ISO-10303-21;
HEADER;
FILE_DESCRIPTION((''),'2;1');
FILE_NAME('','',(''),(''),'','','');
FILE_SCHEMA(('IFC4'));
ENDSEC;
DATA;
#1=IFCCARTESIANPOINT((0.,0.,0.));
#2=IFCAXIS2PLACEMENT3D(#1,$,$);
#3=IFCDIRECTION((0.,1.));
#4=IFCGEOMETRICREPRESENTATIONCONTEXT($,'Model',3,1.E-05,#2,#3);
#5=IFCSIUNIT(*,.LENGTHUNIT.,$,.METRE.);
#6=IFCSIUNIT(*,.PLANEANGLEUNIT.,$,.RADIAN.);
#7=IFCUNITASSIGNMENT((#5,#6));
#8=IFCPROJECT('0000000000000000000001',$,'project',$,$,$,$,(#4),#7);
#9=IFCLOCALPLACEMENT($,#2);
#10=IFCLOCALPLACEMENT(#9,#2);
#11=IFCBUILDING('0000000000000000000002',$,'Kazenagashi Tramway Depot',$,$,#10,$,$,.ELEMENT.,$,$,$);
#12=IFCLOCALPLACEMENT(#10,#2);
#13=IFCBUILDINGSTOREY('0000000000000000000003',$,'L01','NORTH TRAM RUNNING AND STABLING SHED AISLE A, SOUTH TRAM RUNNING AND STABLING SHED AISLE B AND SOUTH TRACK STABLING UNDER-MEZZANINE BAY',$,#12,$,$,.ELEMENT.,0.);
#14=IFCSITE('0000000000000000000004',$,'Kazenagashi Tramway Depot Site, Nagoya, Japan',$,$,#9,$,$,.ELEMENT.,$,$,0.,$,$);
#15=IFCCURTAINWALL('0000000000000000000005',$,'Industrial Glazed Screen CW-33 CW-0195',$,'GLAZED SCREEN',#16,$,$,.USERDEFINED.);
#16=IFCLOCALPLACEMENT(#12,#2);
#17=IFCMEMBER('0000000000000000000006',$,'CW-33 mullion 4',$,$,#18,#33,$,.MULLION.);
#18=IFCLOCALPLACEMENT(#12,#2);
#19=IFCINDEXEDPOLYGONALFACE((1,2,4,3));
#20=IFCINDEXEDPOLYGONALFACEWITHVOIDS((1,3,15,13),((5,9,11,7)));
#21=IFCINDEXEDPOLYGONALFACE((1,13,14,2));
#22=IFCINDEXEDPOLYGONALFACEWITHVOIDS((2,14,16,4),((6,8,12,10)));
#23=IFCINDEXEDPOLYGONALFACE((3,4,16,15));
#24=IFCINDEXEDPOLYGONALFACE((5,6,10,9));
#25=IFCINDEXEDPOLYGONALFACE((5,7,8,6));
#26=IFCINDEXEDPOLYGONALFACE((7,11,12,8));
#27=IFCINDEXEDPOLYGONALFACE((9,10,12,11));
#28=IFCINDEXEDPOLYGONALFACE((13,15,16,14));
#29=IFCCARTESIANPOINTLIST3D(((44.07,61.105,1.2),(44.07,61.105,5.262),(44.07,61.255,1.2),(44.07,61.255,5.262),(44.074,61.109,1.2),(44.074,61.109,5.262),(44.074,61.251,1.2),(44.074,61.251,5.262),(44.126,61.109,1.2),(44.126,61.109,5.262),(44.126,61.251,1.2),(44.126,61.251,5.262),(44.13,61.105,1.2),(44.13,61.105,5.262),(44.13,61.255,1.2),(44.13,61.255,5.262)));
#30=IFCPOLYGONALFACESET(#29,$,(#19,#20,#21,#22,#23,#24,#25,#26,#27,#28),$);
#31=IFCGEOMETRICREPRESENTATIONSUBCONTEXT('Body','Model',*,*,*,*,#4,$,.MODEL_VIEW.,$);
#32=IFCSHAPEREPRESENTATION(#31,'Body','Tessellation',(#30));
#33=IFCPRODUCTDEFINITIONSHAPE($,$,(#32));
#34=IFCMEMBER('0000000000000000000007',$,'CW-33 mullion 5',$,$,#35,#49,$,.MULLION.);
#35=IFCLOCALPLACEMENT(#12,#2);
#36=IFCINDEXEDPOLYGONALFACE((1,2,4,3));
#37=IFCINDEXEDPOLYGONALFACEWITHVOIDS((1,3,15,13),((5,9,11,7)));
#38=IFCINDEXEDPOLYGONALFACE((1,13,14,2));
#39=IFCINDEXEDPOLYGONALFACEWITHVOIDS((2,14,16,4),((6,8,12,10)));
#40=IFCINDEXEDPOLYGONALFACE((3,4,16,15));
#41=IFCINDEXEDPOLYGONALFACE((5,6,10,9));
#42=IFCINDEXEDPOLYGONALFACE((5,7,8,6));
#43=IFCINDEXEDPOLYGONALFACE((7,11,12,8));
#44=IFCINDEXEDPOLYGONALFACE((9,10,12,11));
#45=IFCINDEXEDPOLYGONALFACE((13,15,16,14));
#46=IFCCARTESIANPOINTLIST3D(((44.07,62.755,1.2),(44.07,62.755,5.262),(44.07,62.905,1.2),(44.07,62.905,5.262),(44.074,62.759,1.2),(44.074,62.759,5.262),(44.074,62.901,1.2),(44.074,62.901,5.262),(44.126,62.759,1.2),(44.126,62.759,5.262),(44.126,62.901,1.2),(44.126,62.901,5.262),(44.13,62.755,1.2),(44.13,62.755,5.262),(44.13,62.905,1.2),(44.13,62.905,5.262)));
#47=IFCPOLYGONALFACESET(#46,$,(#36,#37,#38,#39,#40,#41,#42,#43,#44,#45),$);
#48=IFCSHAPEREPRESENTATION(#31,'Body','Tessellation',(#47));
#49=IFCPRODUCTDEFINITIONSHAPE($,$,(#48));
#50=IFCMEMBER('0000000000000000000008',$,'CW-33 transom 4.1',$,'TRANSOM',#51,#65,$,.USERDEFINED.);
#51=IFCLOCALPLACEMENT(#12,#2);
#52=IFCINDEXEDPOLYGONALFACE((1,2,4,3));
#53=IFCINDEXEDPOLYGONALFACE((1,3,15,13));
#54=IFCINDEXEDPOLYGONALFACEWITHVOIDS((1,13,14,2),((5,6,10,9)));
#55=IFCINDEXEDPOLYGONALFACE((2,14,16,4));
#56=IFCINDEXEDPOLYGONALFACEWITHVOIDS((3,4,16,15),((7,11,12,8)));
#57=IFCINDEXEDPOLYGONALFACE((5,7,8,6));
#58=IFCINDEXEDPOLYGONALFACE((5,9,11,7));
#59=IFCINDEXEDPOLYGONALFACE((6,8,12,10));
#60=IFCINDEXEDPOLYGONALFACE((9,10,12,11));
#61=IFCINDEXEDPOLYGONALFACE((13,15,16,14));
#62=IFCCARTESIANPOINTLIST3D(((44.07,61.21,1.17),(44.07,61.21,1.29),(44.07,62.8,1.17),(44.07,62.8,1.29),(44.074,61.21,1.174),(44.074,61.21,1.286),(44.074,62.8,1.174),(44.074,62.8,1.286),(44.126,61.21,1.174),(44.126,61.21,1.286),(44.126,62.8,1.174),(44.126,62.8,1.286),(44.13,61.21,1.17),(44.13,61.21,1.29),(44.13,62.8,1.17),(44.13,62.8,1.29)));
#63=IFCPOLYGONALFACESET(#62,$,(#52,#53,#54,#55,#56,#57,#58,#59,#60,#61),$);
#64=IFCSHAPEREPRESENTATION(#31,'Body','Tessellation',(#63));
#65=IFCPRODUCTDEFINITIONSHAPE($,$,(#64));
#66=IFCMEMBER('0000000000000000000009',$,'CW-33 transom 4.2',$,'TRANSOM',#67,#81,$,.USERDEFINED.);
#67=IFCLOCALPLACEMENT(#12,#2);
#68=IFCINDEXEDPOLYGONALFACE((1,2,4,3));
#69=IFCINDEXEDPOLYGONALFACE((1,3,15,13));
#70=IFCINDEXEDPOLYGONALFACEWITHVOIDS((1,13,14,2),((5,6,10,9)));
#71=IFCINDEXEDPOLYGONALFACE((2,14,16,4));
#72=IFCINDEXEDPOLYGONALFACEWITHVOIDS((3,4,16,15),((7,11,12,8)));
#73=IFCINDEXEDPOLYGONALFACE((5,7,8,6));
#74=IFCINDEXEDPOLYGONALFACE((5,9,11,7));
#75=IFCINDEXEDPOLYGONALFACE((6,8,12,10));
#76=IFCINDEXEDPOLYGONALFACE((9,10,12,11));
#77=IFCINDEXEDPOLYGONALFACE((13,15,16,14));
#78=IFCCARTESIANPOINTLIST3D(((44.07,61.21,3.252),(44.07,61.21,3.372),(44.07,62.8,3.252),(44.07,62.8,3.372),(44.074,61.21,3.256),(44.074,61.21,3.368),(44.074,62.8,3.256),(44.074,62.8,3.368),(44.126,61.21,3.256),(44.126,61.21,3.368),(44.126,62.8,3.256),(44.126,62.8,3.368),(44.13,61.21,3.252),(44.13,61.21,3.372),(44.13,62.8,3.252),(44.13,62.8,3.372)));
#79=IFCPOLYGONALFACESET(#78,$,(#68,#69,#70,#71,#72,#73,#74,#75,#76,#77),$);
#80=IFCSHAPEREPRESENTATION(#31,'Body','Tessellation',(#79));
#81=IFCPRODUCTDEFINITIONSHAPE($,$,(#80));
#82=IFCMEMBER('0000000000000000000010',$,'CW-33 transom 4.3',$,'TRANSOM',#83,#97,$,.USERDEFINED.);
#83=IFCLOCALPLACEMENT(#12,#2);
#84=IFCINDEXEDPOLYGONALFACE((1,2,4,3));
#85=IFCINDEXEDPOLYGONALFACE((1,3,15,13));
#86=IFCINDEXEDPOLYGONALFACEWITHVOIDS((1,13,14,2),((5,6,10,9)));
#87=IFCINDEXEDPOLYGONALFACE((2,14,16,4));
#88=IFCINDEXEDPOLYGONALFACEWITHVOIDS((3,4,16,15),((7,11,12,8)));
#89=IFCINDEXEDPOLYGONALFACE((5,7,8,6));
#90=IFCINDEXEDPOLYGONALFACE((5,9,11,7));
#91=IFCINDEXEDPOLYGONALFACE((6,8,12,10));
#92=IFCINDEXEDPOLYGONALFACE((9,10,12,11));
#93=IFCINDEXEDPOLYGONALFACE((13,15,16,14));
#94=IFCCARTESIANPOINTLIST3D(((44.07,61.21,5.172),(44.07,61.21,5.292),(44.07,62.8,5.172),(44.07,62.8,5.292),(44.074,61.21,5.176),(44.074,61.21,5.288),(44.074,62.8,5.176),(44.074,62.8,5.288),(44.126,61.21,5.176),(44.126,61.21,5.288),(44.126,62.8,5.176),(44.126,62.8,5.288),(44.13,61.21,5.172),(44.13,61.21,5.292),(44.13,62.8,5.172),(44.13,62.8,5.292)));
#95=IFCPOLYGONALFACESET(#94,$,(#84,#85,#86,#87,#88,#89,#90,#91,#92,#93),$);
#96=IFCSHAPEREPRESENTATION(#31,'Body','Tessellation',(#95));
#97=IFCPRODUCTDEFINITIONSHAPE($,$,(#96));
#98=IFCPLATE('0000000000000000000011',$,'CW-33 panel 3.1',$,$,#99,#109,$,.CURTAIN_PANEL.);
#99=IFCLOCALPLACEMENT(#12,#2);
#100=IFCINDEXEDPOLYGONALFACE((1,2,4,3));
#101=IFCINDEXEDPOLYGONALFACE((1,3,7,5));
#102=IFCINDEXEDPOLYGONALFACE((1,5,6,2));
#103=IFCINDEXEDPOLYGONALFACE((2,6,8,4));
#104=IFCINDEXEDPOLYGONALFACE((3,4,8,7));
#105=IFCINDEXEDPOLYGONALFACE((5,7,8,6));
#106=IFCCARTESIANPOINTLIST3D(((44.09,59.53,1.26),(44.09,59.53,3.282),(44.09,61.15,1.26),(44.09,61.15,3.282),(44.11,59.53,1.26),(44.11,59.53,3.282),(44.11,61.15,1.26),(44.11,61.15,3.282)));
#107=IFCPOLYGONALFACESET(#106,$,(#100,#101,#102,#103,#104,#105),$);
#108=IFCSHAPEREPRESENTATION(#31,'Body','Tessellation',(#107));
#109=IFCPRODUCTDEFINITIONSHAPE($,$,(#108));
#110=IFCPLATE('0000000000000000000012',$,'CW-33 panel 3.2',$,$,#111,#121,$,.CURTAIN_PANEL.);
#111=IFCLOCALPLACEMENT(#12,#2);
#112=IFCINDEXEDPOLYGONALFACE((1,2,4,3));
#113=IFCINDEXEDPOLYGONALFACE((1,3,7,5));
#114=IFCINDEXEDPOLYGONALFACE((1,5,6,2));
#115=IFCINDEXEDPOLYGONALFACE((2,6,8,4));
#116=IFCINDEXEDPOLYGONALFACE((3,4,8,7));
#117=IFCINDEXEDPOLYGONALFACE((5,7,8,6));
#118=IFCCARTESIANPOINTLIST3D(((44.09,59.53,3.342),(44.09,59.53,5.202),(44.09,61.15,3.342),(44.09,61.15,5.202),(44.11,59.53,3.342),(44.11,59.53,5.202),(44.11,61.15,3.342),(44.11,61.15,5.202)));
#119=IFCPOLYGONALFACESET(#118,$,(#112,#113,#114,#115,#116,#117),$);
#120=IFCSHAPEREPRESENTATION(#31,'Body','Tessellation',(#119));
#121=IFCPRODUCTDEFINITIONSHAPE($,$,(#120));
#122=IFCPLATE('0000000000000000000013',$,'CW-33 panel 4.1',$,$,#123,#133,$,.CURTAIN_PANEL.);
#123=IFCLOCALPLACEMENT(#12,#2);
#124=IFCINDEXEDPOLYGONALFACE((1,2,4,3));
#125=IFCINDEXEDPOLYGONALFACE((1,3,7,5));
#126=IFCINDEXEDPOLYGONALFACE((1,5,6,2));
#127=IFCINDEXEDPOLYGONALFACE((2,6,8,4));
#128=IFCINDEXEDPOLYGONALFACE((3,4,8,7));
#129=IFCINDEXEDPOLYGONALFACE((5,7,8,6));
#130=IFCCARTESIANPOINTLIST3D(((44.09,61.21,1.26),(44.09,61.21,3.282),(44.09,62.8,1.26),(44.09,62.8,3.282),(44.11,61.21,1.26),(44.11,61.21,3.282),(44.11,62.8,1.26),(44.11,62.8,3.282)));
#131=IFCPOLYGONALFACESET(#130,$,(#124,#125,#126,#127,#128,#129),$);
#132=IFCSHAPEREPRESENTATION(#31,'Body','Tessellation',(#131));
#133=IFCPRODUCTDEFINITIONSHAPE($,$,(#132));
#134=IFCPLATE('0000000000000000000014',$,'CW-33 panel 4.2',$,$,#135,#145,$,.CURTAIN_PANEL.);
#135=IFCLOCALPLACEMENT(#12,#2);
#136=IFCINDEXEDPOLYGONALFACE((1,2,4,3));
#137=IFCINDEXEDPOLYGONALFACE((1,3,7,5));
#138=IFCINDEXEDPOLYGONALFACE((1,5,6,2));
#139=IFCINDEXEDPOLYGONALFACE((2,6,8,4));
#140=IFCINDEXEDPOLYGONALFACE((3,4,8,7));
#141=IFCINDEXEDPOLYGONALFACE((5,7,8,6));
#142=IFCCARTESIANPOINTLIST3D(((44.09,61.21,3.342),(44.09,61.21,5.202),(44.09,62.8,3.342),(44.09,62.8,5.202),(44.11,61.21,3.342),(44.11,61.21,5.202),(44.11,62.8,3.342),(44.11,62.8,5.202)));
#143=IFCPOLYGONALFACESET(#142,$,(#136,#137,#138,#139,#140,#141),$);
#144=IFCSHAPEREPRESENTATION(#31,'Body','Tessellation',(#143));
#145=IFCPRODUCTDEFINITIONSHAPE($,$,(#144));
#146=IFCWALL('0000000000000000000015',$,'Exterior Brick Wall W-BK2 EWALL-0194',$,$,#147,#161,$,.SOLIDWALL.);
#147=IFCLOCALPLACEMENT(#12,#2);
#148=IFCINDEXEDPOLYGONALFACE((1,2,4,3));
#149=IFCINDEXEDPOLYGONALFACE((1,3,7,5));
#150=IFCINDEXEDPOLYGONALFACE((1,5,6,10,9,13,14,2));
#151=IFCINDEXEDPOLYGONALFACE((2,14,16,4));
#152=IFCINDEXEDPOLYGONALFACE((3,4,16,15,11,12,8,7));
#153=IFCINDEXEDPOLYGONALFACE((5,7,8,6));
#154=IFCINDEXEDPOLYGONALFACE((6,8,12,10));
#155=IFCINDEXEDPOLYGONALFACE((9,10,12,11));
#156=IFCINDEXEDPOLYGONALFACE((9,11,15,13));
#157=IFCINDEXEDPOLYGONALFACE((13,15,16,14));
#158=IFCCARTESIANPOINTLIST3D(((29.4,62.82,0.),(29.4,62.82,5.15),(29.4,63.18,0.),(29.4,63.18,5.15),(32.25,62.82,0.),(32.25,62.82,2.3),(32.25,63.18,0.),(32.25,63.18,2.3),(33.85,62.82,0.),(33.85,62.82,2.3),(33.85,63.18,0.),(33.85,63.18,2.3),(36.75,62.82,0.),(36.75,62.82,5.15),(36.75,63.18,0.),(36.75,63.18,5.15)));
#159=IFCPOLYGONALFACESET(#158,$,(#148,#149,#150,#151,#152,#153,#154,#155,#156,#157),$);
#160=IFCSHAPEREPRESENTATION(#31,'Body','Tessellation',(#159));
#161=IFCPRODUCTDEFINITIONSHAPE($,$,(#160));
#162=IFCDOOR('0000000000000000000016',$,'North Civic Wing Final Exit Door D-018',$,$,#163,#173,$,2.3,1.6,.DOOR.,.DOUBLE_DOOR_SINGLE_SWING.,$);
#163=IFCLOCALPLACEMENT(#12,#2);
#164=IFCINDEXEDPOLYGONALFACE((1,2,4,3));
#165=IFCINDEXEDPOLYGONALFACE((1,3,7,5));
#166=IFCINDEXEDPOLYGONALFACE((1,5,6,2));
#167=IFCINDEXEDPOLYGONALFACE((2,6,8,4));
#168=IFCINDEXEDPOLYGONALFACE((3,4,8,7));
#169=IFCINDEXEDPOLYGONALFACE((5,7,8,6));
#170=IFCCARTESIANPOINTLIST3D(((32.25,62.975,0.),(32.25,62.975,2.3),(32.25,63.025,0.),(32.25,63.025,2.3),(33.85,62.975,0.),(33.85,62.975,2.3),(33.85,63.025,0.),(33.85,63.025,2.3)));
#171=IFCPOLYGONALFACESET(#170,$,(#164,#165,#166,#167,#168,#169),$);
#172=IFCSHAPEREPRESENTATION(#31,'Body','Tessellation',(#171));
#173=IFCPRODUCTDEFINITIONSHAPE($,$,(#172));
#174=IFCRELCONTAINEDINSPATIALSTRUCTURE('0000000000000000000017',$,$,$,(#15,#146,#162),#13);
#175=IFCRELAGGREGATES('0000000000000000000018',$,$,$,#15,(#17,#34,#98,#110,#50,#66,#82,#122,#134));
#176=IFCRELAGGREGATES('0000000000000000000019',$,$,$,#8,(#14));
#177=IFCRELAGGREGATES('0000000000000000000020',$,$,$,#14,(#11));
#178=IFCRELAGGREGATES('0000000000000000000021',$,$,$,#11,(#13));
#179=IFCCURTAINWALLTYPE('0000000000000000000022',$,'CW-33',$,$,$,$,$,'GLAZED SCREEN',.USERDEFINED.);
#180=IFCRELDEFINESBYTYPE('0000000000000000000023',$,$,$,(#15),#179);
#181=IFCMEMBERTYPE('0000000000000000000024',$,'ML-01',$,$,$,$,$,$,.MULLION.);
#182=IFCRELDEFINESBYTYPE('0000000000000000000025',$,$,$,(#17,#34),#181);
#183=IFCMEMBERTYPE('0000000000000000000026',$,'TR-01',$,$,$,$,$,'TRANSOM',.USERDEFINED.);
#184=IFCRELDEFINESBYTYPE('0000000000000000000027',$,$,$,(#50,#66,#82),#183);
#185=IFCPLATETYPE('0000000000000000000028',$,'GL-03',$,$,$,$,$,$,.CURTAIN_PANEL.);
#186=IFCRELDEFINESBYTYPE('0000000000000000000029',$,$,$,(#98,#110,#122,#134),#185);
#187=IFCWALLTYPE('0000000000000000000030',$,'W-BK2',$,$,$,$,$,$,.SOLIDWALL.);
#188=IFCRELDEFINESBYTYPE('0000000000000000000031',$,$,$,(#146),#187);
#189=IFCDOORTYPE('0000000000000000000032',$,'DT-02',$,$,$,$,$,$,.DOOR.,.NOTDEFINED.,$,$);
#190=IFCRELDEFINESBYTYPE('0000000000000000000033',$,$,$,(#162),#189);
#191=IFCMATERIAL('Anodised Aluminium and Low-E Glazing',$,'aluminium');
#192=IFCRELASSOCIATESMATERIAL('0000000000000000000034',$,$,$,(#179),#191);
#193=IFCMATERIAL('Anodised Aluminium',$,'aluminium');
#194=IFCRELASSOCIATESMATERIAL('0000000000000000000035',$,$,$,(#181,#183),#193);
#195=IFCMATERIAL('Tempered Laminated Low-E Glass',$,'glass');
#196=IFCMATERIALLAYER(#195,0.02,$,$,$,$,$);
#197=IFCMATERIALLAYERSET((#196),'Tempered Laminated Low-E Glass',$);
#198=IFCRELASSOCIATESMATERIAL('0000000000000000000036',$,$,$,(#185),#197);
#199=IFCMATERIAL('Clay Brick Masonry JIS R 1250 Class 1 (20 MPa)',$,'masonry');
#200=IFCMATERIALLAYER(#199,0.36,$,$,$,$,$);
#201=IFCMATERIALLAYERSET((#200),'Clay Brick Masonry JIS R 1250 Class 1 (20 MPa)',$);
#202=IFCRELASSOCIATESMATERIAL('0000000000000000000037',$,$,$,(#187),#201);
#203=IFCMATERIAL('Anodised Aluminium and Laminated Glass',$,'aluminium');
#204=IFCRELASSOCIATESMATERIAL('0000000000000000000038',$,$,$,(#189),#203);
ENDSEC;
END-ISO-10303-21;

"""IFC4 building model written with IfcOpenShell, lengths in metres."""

from ifc_helpers import new_model, si_unit, direction, frame, frame_2d, origin, origin_2d, place, context, subcontext, project, spatial, rectangle, hollow_rectangle, extrude, material, layer, layer_set, material_profile, profile_set, type_object, element, fill, aggregate, save


model = new_model("IFC4")

# Units and contexts
model_context = context("Model", 3, precision=1e-05, world=origin(), true_north=direction((0.0, 1.0)))
body_context = subcontext(model_context, "Body", "Model", "MODEL_VIEW")
ifc_project = project(units=[si_unit("LENGTHUNIT", "METRE"), si_unit("PLANEANGLEUNIT", "RADIAN")], contexts=[model_context])

# Site, building, storey
site_placement = place(None, origin())
site = spatial("IfcSite", under=ifc_project, at=site_placement, Name="Kazenagashi Tramway Depot Site, Nagoya, Japan", CompositionType="ELEMENT", RefElevation=0.0)
building_placement = place(site_placement, origin())
building = spatial("IfcBuilding", under=site, at=building_placement, Name="Kazenagashi Tramway Depot", CompositionType="ELEMENT")
storey_placement = place(building_placement, origin())
storey = spatial("IfcBuildingStorey", under=building, at=storey_placement, Name="L01", Description="NORTH TRAM RUNNING AND STABLING SHED AISLE A, SOUTH TRAM RUNNING AND STABLING SHED AISLE B AND SOUTH TRACK STABLING UNDER-MEZZANINE BAY", CompositionType="ELEMENT", Elevation=0.0)

# Curtain wall, members, plates
ifc_material_1 = material(Name="Anodised Aluminium and Low-E Glazing", Category="aluminium")
curtain_wall_type = type_object("IfcCurtainWallType", Name="CW-33", ElementType="GLAZED SCREEN", PredefinedType="USERDEFINED", material=ifc_material_1)
curtain_wall_placement = place(storey_placement, origin())
curtain_wall = element("IfcCurtainWall", 1, at=curtain_wall_placement, inside=storey, type_object=curtain_wall_type, Name="Industrial Glazed Screen CW-33 CW-0195", ObjectType="GLAZED SCREEN", PredefinedType="USERDEFINED")
ifc_material_2 = material(Name="Anodised Aluminium", Category="aluminium")
ifc_material_profile_1 = material_profile(ifc_material_2, hollow_rectangle(XDim=0.06, YDim=0.15, WallThickness=0.004, at=origin_2d()), Name="RHS-150x60x4")
ifc_profile_set_1 = profile_set([ifc_material_profile_1], Name="Anodised Aluminium")
member_type_1 = type_object("IfcMemberType", Name="ML-01", PredefinedType="MULLION", material=ifc_profile_set_1)
member_1_placement = place(storey_placement, frame((44.1, 61.18, 1.2), z_axis=(0.0, 0.0, 1.0), x_axis=(-1.0, 0.0, 0.0)))
member_1 = element("IfcMember", 2, at=member_1_placement, type_object=member_type_1, Name="CW-33 mullion 4", PredefinedType="MULLION", context=body_context, shape_type="SweptSolid", body=[
    extrude(hollow_rectangle(XDim=0.06, YDim=0.15, WallThickness=0.004, at=origin_2d()), origin(), (0.0, 0.0, 1.0), 4.062),
])
member_2_placement = place(storey_placement, frame((44.1, 62.83, 1.2), z_axis=(0.0, 0.0, 1.0), x_axis=(-1.0, 0.0, 0.0)))
member_2 = element("IfcMember", 3, at=member_2_placement, type_object=member_type_1, Name="CW-33 mullion 5", PredefinedType="MULLION", context=body_context, shape_type="SweptSolid", body=[
    extrude(hollow_rectangle(XDim=0.06, YDim=0.15, WallThickness=0.004, at=origin_2d()), origin(), (0.0, 0.0, 1.0), 4.062),
])
ifc_material_profile_2 = material_profile(ifc_material_2, hollow_rectangle(XDim=0.06, YDim=0.12, WallThickness=0.004, at=origin_2d()), Name="RHS-120x60x4")
ifc_profile_set_2 = profile_set([ifc_material_profile_2], Name="Anodised Aluminium")
member_type_2 = type_object("IfcMemberType", Name="TR-01", ElementType="TRANSOM", PredefinedType="USERDEFINED", material=ifc_profile_set_2)
member_3_placement = place(storey_placement, frame((44.1, 61.21, 1.23), z_axis=(0.0, 1.0, 0.0), x_axis=(-1.0, 0.0, 0.0)))
member_3 = element("IfcMember", 4, at=member_3_placement, type_object=member_type_2, Name="CW-33 transom 4.1", ObjectType="TRANSOM", PredefinedType="USERDEFINED", context=body_context, shape_type="SweptSolid", body=[
    extrude(hollow_rectangle(XDim=0.06, YDim=0.12, WallThickness=0.004, at=origin_2d()), origin(), (0.0, 0.0, 1.0), 1.59),
])
member_4_placement = place(storey_placement, frame((44.1, 61.21, 3.312), z_axis=(0.0, 1.0, 0.0), x_axis=(-1.0, 0.0, 0.0)))
member_4 = element("IfcMember", 5, at=member_4_placement, type_object=member_type_2, Name="CW-33 transom 4.2", ObjectType="TRANSOM", PredefinedType="USERDEFINED", context=body_context, shape_type="SweptSolid", body=[
    extrude(hollow_rectangle(XDim=0.06, YDim=0.12, WallThickness=0.004, at=origin_2d()), origin(), (0.0, 0.0, 1.0), 1.59),
])
member_5_placement = place(storey_placement, frame((44.1, 61.21, 5.232), z_axis=(0.0, 1.0, 0.0), x_axis=(-1.0, 0.0, 0.0)))
member_5 = element("IfcMember", 6, at=member_5_placement, type_object=member_type_2, Name="CW-33 transom 4.3", ObjectType="TRANSOM", PredefinedType="USERDEFINED", context=body_context, shape_type="SweptSolid", body=[
    extrude(hollow_rectangle(XDim=0.06, YDim=0.12, WallThickness=0.004, at=origin_2d()), origin(), (0.0, 0.0, 1.0), 1.59),
])
ifc_material_3 = material(Name="Tempered Laminated Low-E Glass", Category="glass")
ifc_layer_1 = layer(ifc_material_3, 0.02)
ifc_layer_set_1 = layer_set([ifc_layer_1], Name="Tempered Laminated Low-E Glass")
plate_type = type_object("IfcPlateType", Name="GL-03", PredefinedType="CURTAIN_PANEL", material=ifc_layer_set_1)
plate_1_placement = place(storey_placement, frame((44.1, 60.34, 1.26), z_axis=(0.0, 0.0, 1.0), x_axis=(0.0, 1.0, 0.0)))
plate_1 = element("IfcPlate", 7, at=plate_1_placement, type_object=plate_type, Name="CW-33 panel 3.1", PredefinedType="CURTAIN_PANEL", context=body_context, shape_type="SweptSolid", body=[
    extrude(rectangle(XDim=1.62, YDim=0.02, at=origin_2d()), origin(), (0.0, 0.0, 1.0), 2.022),
])
plate_2_placement = place(storey_placement, frame((44.1, 60.34, 3.342), z_axis=(0.0, 0.0, 1.0), x_axis=(0.0, 1.0, 0.0)))
plate_2 = element("IfcPlate", 8, at=plate_2_placement, type_object=plate_type, Name="CW-33 panel 3.2", PredefinedType="CURTAIN_PANEL", context=body_context, shape_type="SweptSolid", body=[
    extrude(rectangle(XDim=1.62, YDim=0.02, at=origin_2d()), origin(), (0.0, 0.0, 1.0), 1.86),
])
plate_3_placement = place(storey_placement, frame((44.1, 62.005, 1.26), z_axis=(0.0, 0.0, 1.0), x_axis=(0.0, 1.0, 0.0)))
plate_3 = element("IfcPlate", 9, at=plate_3_placement, type_object=plate_type, Name="CW-33 panel 4.1", PredefinedType="CURTAIN_PANEL", context=body_context, shape_type="SweptSolid", body=[
    extrude(rectangle(XDim=1.59, YDim=0.02, at=origin_2d()), origin(), (0.0, 0.0, 1.0), 2.022),
])
plate_4_placement = place(storey_placement, frame((44.1, 62.005, 3.342), z_axis=(0.0, 0.0, 1.0), x_axis=(0.0, 1.0, 0.0)))
plate_4 = element("IfcPlate", 10, at=plate_4_placement, type_object=plate_type, Name="CW-33 panel 4.2", PredefinedType="CURTAIN_PANEL", context=body_context, shape_type="SweptSolid", body=[
    extrude(rectangle(XDim=1.59, YDim=0.02, at=origin_2d()), origin(), (0.0, 0.0, 1.0), 1.86),
])
aggregate(curtain_wall, [member_1, member_2, plate_1, plate_2, member_3, member_4, member_5, plate_3, plate_4])

# Wall, opening, door
ifc_material_4 = material(Name="Clay Brick Masonry JIS R 1250 Class 1 (20 MPa)", Category="masonry")
ifc_layer_2 = layer(ifc_material_4, 0.36)
ifc_layer_set_2 = layer_set([ifc_layer_2], Name="Clay Brick Masonry JIS R 1250 Class 1 (20 MPa)")
wall_type = type_object("IfcWallType", Name="W-BK2", PredefinedType="SOLIDWALL", material=ifc_layer_set_2)
wall_1_placement = place(storey_placement, frame((29.4, 63.0, 0.0), z_axis=(0.0, 0.0, 1.0), x_axis=(1.0, 0.0, 0.0)))
wall_1 = element("IfcWall", 11, at=wall_1_placement, inside=storey, type_object=wall_type, Name="Exterior Brick Wall W-BK2 EWALL-0194", PredefinedType="SOLIDWALL", context=body_context, shape_type="SweptSolid", body=[
    extrude(rectangle(XDim=7.35, YDim=0.36, at=frame_2d((3.675, 0.0))), origin(), (0.0, 0.0, 1.0), 5.15),
])
opening_1_placement = place(wall_1_placement, frame((2.85, 0.0, 0.0)))
opening_1 = element("IfcOpeningElement", 12, at=opening_1_placement, cuts=wall_1, PredefinedType="OPENING", context=body_context, shape_type="SweptSolid", body=[
    extrude(rectangle(XDim=1.6, YDim=2.3, at=frame_2d((0.8, 1.15))), frame((0.0, 0.19, 0.0), z_axis=(0.0, -1.0, 0.0), x_axis=(1.0, 0.0, 0.0)), (0.0, 0.0, 1.0), 0.38),
])
ifc_material_5 = material(Name="Anodised Aluminium and Laminated Glass", Category="aluminium")
door_type = type_object("IfcDoorType", Name="DT-02", OperationType="NOTDEFINED", PredefinedType="DOOR", material=ifc_material_5)
door_placement = place(opening_1_placement, origin())
door = element("IfcDoor", 13, at=door_placement, inside=storey, type_object=door_type, Name="North Civic Wing Final Exit Door D-018", OperationType="DOUBLE_DOOR_SINGLE_SWING", OverallHeight=2.3, OverallWidth=1.6, PredefinedType="DOOR", context=body_context, shape_type="SweptSolid", body=[
    extrude(rectangle(XDim=1.6, YDim=2.3, at=frame_2d((0.8, 1.15))), frame((0.0, 0.025, 0.0), z_axis=(0.0, -1.0, 0.0), x_axis=(1.0, 0.0, 0.0)), (0.0, 0.0, 1.0), 0.05),
])
fill(opening_1, door)

save(model, "model.ifc")
